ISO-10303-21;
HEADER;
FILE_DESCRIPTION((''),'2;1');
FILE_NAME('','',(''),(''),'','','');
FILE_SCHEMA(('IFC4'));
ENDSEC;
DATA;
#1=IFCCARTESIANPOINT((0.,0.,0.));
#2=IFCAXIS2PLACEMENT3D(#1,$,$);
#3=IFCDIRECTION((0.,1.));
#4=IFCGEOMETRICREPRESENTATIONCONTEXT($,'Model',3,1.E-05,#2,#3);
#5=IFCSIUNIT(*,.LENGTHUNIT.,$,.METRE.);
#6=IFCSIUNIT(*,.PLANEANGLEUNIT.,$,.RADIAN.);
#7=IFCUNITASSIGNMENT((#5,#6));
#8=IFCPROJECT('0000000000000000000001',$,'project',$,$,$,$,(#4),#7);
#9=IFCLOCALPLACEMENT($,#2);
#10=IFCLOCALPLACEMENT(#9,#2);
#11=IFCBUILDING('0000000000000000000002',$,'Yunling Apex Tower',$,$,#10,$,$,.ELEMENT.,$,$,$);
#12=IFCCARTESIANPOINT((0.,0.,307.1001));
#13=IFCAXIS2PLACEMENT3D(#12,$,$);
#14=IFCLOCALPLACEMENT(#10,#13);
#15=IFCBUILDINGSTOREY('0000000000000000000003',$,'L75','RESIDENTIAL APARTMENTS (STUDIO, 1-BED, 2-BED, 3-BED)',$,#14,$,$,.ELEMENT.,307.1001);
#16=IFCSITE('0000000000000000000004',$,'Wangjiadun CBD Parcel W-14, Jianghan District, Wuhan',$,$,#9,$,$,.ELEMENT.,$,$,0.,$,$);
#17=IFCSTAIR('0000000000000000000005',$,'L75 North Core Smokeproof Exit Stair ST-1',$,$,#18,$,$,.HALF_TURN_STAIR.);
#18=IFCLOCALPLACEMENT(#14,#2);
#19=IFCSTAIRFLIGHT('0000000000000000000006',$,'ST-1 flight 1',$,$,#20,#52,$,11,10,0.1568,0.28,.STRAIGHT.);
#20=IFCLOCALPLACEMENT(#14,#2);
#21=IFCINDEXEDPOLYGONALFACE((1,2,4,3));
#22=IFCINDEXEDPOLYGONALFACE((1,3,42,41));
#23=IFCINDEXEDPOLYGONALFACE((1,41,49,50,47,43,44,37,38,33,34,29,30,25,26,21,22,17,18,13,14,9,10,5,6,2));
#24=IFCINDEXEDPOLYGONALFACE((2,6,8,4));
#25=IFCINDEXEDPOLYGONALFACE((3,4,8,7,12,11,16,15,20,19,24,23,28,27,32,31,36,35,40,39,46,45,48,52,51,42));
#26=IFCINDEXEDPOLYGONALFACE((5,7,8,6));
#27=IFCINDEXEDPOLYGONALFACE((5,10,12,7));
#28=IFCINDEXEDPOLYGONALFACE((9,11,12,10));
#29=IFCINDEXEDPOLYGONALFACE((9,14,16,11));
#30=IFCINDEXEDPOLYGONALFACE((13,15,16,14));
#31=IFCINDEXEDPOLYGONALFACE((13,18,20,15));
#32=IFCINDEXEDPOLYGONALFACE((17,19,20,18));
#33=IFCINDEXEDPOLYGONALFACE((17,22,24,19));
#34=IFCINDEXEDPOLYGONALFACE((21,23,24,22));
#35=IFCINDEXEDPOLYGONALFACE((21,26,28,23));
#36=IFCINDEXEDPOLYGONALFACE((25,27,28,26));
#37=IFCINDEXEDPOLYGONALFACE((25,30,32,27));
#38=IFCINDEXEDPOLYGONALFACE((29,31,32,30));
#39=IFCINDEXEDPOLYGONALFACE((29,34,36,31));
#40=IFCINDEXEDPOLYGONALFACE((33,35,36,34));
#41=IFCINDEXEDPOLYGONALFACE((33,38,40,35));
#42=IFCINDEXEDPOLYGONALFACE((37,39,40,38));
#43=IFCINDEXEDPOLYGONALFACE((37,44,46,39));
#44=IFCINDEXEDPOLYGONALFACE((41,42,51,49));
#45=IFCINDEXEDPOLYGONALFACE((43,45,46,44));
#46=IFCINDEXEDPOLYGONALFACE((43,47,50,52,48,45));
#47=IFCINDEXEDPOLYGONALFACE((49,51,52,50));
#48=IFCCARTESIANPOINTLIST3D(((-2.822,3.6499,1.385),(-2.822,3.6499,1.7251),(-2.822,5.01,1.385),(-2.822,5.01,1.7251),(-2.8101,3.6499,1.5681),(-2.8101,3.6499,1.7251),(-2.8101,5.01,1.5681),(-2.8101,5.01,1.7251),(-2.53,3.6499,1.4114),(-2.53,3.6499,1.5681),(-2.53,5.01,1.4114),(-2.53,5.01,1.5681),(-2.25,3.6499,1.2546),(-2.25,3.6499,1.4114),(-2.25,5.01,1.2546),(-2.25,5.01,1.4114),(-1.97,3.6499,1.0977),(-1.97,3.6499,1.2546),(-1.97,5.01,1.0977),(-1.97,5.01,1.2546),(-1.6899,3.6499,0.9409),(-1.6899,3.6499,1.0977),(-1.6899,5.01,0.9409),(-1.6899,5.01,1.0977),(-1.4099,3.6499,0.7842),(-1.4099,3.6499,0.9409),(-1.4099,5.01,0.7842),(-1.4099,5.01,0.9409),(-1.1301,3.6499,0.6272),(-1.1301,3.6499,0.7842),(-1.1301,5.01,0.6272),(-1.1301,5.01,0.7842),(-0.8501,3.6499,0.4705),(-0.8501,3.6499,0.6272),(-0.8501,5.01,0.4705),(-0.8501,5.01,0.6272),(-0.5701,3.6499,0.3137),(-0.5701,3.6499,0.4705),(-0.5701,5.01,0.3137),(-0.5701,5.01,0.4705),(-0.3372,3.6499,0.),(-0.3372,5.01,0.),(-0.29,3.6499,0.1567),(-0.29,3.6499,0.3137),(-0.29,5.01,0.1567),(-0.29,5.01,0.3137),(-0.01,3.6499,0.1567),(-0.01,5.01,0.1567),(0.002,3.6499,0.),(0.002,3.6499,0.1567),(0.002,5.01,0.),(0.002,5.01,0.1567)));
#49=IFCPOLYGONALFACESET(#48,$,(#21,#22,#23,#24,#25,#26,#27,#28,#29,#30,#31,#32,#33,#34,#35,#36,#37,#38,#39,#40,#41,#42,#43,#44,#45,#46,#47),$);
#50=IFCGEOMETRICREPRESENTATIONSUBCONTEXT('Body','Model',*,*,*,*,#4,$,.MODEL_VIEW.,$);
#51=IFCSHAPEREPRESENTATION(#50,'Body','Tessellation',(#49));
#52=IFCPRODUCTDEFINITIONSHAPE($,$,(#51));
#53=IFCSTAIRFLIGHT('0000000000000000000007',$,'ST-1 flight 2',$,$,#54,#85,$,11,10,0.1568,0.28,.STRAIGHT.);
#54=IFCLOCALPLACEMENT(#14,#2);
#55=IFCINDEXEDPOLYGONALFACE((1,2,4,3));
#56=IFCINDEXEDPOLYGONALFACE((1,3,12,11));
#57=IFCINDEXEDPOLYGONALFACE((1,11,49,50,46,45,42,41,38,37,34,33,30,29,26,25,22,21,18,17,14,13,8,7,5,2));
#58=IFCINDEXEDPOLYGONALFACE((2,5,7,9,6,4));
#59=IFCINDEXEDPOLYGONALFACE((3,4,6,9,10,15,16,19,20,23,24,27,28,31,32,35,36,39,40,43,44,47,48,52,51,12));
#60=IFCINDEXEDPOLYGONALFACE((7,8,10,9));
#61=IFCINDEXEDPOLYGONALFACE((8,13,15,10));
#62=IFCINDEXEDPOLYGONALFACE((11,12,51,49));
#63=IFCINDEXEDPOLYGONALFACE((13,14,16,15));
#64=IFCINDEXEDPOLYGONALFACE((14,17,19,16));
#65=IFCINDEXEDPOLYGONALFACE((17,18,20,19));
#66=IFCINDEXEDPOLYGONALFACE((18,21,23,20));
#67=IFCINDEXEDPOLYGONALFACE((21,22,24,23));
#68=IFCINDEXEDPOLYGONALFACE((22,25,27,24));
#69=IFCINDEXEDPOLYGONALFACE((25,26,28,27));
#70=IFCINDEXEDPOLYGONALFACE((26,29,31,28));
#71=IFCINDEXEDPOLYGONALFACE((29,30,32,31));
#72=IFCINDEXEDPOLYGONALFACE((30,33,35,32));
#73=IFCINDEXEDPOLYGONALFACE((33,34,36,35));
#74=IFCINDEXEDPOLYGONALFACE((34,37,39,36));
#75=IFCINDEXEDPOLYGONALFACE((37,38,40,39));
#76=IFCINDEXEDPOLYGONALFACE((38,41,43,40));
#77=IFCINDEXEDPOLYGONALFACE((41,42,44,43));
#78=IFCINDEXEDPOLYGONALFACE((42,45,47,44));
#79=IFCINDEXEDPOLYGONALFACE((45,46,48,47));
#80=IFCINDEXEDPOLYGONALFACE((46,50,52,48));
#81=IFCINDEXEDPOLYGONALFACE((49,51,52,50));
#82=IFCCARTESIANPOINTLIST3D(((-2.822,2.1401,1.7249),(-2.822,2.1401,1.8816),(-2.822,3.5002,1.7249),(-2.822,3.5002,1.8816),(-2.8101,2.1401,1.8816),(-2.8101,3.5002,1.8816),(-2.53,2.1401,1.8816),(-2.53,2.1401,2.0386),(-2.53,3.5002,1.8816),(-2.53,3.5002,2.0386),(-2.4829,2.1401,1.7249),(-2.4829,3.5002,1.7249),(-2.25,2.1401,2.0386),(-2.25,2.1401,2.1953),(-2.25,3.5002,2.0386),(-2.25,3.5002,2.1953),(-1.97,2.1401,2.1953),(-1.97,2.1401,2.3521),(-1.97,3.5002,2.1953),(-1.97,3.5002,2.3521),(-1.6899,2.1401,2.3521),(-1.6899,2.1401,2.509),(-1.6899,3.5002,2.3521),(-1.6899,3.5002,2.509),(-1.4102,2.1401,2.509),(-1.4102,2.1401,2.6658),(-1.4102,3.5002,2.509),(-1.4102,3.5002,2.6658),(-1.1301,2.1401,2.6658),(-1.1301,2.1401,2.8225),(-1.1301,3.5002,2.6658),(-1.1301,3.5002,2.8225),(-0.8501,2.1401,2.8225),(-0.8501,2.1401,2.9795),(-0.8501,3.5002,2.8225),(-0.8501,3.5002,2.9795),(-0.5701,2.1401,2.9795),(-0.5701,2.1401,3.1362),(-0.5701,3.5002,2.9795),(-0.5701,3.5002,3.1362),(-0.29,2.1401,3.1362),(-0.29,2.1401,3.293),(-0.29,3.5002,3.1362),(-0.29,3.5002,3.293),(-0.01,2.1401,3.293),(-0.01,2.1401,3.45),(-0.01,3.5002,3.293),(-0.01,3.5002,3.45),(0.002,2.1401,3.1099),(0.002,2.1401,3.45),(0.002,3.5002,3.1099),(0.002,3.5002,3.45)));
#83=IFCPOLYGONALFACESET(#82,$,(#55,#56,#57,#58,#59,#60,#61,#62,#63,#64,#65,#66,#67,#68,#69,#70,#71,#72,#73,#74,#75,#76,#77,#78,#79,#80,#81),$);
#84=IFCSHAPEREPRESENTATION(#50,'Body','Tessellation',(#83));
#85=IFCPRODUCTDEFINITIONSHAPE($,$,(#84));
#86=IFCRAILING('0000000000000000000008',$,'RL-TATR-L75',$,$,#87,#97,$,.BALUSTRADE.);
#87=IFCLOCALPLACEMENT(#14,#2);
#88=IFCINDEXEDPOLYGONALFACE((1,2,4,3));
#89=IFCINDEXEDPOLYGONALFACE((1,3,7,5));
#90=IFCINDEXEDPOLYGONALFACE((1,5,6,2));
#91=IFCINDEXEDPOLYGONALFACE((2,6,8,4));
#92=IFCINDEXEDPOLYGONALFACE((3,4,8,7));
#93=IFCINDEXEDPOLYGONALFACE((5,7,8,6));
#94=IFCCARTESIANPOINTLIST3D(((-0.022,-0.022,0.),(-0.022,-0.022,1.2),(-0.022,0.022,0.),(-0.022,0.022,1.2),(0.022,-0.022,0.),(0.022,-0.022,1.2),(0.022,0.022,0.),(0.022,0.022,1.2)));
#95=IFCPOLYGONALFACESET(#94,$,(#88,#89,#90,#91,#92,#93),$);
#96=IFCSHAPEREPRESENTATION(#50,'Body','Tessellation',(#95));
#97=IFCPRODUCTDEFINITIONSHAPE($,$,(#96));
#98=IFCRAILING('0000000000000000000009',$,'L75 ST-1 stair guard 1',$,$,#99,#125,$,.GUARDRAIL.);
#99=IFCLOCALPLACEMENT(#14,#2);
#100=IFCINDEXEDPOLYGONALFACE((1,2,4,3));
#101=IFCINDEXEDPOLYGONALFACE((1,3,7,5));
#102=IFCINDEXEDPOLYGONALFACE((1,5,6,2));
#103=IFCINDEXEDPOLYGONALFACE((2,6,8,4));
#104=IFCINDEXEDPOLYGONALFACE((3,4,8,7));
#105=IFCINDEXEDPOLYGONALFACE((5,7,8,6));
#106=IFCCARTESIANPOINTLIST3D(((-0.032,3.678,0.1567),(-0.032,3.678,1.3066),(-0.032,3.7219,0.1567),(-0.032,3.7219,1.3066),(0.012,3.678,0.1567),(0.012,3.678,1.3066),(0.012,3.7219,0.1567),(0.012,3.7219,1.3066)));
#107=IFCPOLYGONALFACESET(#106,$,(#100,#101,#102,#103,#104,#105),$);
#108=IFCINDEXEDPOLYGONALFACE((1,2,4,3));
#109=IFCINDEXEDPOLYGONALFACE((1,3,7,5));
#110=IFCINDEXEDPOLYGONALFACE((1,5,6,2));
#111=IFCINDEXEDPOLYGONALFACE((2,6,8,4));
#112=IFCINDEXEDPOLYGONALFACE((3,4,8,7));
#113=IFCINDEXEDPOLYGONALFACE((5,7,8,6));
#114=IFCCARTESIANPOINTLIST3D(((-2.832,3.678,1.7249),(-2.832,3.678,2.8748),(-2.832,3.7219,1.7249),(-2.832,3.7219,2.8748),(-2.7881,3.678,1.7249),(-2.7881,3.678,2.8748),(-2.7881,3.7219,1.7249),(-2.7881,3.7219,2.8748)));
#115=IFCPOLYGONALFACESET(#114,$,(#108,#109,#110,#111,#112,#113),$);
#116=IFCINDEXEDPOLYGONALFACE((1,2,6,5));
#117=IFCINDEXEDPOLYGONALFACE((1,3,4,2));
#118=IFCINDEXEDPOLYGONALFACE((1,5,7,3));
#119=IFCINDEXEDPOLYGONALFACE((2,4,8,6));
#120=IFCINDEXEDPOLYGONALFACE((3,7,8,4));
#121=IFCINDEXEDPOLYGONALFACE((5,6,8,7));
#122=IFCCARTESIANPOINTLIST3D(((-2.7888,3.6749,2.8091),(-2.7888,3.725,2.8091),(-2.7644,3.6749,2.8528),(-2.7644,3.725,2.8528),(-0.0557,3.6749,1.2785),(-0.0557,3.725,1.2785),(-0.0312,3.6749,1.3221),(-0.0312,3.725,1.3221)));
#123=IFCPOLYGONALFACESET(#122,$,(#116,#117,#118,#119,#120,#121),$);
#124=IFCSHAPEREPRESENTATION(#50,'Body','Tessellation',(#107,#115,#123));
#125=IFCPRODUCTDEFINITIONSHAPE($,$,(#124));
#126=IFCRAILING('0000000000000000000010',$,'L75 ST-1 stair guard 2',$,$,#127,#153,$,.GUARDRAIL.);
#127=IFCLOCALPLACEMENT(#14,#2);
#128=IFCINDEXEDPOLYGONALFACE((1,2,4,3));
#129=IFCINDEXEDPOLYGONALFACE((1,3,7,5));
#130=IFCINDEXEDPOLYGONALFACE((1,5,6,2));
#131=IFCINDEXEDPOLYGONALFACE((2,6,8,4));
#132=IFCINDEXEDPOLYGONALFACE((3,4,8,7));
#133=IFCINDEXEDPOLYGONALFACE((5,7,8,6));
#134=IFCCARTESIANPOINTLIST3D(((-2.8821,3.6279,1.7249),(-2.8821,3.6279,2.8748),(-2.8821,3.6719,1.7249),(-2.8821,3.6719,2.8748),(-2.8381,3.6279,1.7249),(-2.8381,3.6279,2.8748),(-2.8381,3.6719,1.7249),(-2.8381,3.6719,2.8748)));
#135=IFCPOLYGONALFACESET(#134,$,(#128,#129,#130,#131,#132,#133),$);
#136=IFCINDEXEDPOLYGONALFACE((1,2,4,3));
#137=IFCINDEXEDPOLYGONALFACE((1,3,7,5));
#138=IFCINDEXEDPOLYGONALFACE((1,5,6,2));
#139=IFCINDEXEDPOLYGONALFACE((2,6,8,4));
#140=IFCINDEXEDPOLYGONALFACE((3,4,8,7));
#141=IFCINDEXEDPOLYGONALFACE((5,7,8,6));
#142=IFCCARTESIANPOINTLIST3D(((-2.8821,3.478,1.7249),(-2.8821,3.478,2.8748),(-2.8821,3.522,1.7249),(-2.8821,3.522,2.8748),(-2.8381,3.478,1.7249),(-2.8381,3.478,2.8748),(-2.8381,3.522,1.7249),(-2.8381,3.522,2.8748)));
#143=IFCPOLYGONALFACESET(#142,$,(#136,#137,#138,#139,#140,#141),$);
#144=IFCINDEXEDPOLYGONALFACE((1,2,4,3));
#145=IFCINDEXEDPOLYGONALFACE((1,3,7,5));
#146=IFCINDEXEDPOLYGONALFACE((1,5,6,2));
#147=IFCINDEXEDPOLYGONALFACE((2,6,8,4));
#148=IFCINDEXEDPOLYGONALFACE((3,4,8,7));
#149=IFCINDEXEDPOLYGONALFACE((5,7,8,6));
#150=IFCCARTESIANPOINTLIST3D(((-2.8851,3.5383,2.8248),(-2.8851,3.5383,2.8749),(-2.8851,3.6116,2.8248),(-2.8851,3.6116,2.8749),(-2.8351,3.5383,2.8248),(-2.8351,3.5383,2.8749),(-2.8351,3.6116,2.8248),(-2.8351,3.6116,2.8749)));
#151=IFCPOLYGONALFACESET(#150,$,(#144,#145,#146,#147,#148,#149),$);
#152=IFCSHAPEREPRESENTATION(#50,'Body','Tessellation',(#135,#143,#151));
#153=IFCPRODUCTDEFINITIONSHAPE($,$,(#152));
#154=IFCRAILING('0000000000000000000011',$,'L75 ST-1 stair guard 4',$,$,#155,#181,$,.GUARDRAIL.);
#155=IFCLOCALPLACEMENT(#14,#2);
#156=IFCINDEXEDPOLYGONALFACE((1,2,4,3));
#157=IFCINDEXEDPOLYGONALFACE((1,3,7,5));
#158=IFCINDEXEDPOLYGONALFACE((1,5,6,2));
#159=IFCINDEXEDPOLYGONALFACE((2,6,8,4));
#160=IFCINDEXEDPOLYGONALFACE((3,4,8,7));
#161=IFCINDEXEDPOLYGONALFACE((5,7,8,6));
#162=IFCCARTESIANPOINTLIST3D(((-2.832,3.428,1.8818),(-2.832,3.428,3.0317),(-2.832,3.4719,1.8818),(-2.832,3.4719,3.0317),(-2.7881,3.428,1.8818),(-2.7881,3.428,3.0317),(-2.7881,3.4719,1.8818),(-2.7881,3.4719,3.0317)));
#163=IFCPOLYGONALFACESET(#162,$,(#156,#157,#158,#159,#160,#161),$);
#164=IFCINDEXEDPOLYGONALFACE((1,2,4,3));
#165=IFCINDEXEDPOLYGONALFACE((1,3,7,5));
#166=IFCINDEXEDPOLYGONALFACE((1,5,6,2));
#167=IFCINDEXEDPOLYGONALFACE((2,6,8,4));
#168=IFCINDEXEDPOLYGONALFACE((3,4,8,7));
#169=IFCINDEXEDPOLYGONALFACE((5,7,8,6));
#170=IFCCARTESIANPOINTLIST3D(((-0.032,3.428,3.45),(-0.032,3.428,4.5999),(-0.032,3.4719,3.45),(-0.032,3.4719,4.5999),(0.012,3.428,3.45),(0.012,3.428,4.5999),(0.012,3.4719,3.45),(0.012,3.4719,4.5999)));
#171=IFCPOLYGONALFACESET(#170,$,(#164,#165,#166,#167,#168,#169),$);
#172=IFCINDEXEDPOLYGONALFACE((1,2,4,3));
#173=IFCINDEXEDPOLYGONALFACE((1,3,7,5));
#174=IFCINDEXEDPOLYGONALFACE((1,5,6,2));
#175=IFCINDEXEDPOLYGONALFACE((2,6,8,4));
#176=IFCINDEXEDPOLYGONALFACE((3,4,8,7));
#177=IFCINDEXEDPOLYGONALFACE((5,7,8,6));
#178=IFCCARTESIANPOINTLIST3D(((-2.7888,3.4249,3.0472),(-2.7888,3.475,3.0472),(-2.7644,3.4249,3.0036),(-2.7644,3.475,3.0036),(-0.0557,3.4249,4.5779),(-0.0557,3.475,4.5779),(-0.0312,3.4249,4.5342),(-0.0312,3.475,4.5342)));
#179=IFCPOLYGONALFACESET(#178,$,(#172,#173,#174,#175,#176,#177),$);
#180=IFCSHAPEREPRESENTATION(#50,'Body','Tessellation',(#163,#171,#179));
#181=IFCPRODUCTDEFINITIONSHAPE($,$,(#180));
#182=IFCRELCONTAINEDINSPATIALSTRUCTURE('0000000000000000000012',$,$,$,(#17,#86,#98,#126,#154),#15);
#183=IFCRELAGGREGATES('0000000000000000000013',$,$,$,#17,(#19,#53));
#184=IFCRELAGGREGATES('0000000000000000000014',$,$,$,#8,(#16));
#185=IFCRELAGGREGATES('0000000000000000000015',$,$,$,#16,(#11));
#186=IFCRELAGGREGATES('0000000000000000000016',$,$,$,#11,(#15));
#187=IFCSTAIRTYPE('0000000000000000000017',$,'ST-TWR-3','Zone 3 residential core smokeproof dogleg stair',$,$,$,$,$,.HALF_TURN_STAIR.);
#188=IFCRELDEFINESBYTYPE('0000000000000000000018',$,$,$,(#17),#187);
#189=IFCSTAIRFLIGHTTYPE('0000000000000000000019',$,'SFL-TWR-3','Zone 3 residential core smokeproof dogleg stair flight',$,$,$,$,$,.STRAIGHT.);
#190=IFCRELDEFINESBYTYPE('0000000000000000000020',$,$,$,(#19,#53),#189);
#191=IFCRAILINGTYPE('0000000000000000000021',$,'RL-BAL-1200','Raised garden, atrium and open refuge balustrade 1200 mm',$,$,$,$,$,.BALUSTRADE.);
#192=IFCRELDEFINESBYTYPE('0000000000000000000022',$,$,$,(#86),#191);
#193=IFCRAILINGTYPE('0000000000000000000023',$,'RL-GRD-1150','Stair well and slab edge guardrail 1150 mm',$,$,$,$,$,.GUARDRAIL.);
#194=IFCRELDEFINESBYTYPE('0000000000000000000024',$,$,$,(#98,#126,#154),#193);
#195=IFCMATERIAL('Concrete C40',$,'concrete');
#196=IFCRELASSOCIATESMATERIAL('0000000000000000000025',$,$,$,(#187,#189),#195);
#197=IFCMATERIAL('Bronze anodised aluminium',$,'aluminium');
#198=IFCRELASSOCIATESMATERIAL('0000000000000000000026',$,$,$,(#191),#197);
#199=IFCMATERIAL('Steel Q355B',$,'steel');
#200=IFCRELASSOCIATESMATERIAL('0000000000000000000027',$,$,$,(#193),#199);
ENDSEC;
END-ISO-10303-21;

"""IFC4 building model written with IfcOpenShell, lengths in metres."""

from ifc_helpers import new_model, si_unit, direction, frame, origin, origin_2d, place, context, subcontext, project, spatial, polyline, rectangle, outline, extrude, material, type_object, element, aggregate, save


model = new_model("IFC4")

# Units and contexts
model_context = context("Model", 3, precision=1e-05, world=origin(), true_north=direction((0.0, 1.0)))
body_context = subcontext(model_context, "Body", "Model", "MODEL_VIEW")
ifc_project = project(units=[si_unit("LENGTHUNIT", "METRE"), si_unit("PLANEANGLEUNIT", "RADIAN")], contexts=[model_context])

# Site, building, storey
site_placement = place(None, origin())
site = spatial("IfcSite", under=ifc_project, at=site_placement, Name="Wangjiadun CBD Parcel W-14, Jianghan District, Wuhan", CompositionType="ELEMENT", RefElevation=0.0)
building_placement = place(site_placement, origin())
building = spatial("IfcBuilding", under=site, at=building_placement, Name="Yunling Apex Tower", CompositionType="ELEMENT")
storey_placement = place(building_placement, frame((0.0, 0.0, 307.1001)))
storey = spatial("IfcBuildingStorey", under=building, at=storey_placement, Name="L75", Description="RESIDENTIAL APARTMENTS (STUDIO, 1-BED, 2-BED, 3-BED)", CompositionType="ELEMENT", Elevation=307.1001)

# Shared definitions
ifc_material_1 = material(Name="Concrete C40", Category="concrete")

# Stair
stair_type = type_object("IfcStairType", Name="ST-TWR-3", Description="Zone 3 residential core smokeproof dogleg stair", PredefinedType="HALF_TURN_STAIR", material=ifc_material_1)
stair_1_placement = place(storey_placement, origin())
stair_1 = element("IfcStair", 1, at=stair_1_placement, inside=storey, type_object=stair_type, Name="L75 North Core Smokeproof Exit Stair ST-1", PredefinedType="HALF_TURN_STAIR")

# Shared definitions
ifc_material_2 = material(Name="Steel Q355B", Category="steel")

# Stair flights
stair_flight_type = type_object("IfcStairFlightType", Name="SFL-TWR-3", Description="Zone 3 residential core smokeproof dogleg stair flight", PredefinedType="STRAIGHT", material=ifc_material_1)
stair_flight_1_placement = place(storey_placement, frame((-0.01, 4.3301, 0.0), z_axis=(0.0, 0.0, 1.0), x_axis=(-1.0, 0.0, 0.0)))
stair_flight_1 = element("IfcStairFlight", 2, at=stair_flight_1_placement, type_object=stair_flight_type, Name="ST-1 flight 1", NumberOfRisers=11, NumberOfTreads=10, PredefinedType="STRAIGHT", RiserHeight=0.1568, TreadLength=0.28, context=body_context, shape_type="SweptSolid", body=[
    extrude(outline(polyline([(-0.012, 0.0), (-0.012, 0.1567), (0.0, 0.1567), (0.28, 0.1567), (0.28, 0.3137), (0.5601, 0.3137), (0.5601, 0.4705), (0.8401, 0.4705), (0.8401, 0.6272), (1.1201, 0.6272), (1.1201, 0.7842), (1.3999, 0.7842), (1.3999, 0.9409), (1.6799, 0.9409), (1.6799, 1.0977), (1.96, 1.0977), (1.96, 1.2546), (2.24, 1.2546), (2.24, 1.4114), (2.52, 1.4114), (2.52, 1.5681), (2.8, 1.5681), (2.8, 1.7251), (2.812, 1.7251), (2.812, 1.385), (0.3271, 0.0), (-0.012, 0.0)])), frame((0.0, 0.6802, 0.0), z_axis=(0.0, -1.0, 0.0), x_axis=(1.0, 0.0, 0.0)), (0.0, 0.0, 1.0), 1.3601),
])
stair_flight_2_placement = place(storey_placement, frame((-2.8101, 2.8201, 1.7249), z_axis=(0.0, 0.0, 1.0), x_axis=(1.0, 0.0, 0.0)))
stair_flight_2 = element("IfcStairFlight", 3, at=stair_flight_2_placement, type_object=stair_flight_type, Name="ST-1 flight 2", NumberOfRisers=11, NumberOfTreads=10, PredefinedType="STRAIGHT", RiserHeight=0.1568, TreadLength=0.28, context=body_context, shape_type="SweptSolid", body=[
    extrude(outline(polyline([(-0.012, 0.0), (-0.012, 0.1567), (0.0, 0.1567), (0.28, 0.1567), (0.28, 0.3137), (0.5601, 0.3137), (0.5601, 0.4705), (0.8401, 0.4705), (0.8401, 0.6272), (1.1201, 0.6272), (1.1201, 0.7842), (1.3999, 0.7842), (1.3999, 0.9409), (1.6799, 0.9409), (1.6799, 1.0977), (1.96, 1.0977), (1.96, 1.2546), (2.24, 1.2546), (2.24, 1.4114), (2.52, 1.4114), (2.52, 1.5681), (2.8, 1.5681), (2.8, 1.7251), (2.812, 1.7251), (2.812, 1.385), (0.3271, 0.0), (-0.012, 0.0)])), frame((0.0, 0.6802, 0.0), z_axis=(0.0, -1.0, 0.0), x_axis=(1.0, 0.0, 0.0)), (0.0, 0.0, 1.0), 1.3601),
])
aggregate(stair_1, [stair_flight_1, stair_flight_2])

# Railings
ifc_material_3 = material(Name="Bronze anodised aluminium", Category="aluminium")
railing_type_1 = type_object("IfcRailingType", Name="RL-BAL-1200", Description="Raised garden, atrium and open refuge balustrade 1200 mm", PredefinedType="BALUSTRADE", material=ifc_material_3)
railing_1_placement = place(storey_placement, origin())
element("IfcRailing", 4, at=railing_1_placement, inside=storey, type_object=railing_type_1, Name="RL-TATR-L75", PredefinedType="BALUSTRADE", context=body_context, shape_type="SweptSolid", body=[
    extrude(rectangle(XDim=0.0439, YDim=0.0439, at=origin_2d()), origin(), (0.0, 0.0, 1.0), 1.2),
])
railing_type_2 = type_object("IfcRailingType", Name="RL-GRD-1150", Description="Stair well and slab edge guardrail 1150 mm", PredefinedType="GUARDRAIL", material=ifc_material_2)
railing_2_placement = place(storey_placement, frame((-0.01, 3.7, 0.1567)))
element("IfcRailing", 5, at=railing_2_placement, inside=storey, type_object=railing_type_2, Name="L75 ST-1 stair guard 1", PredefinedType="GUARDRAIL", context=body_context, shape_type="SweptSolid", body=[
    extrude(rectangle(XDim=0.0439, YDim=0.0439, at=origin_2d()), origin(), (0.0, 0.0, 1.0), 1.1499),
    extrude(rectangle(XDim=0.0439, YDim=0.0439, at=origin_2d()), frame((-2.8, 0.0, 1.5681)), (0.0, 0.0, 1.0), 1.1499),
    extrude(rectangle(XDim=0.05, YDim=0.05, at=origin_2d()), frame((-0.0334, 0.0, 1.1436), z_axis=(-0.872494, 0.0, 0.488624), x_axis=(0.0, -1.0, 0.0)), (0.0, 0.0, 1.0), 3.1326),
])
railing_3_placement = place(storey_placement, frame((-2.8601, 3.6499, 1.7249)))
element("IfcRailing", 6, at=railing_3_placement, inside=storey, type_object=railing_type_2, Name="L75 ST-1 stair guard 2", PredefinedType="GUARDRAIL", context=body_context, shape_type="SweptSolid", body=[
    extrude(rectangle(XDim=0.0439, YDim=0.0439, at=origin_2d()), origin(), (0.0, 0.0, 1.0), 1.1499),
    extrude(rectangle(XDim=0.0439, YDim=0.0439, at=origin_2d()), frame((0.0, -0.1499, 0.0)), (0.0, 0.0, 1.0), 1.1499),
    extrude(rectangle(XDim=0.05, YDim=0.05, at=origin_2d()), frame((0.0, -0.0383, 1.125), z_axis=(0.0, -1.0, 0.0), x_axis=(1.0, 0.0, 0.0)), (0.0, 0.0, 1.0), 0.0732),
])
railing_4_placement = place(storey_placement, frame((-2.8101, 3.45, 1.8818)))
element("IfcRailing", 7, at=railing_4_placement, inside=storey, type_object=railing_type_2, Name="L75 ST-1 stair guard 4", PredefinedType="GUARDRAIL", context=body_context, shape_type="SweptSolid", body=[
    extrude(rectangle(XDim=0.0439, YDim=0.0439, at=origin_2d()), origin(), (0.0, 0.0, 1.0), 1.1499),
    extrude(rectangle(XDim=0.0439, YDim=0.0439, at=origin_2d()), frame((2.8, 0.0, 1.5681)), (0.0, 0.0, 1.0), 1.1499),
    extrude(rectangle(XDim=0.05, YDim=0.05, at=origin_2d()), frame((0.0334, 0.0, 1.1436), z_axis=(0.872494, 0.0, 0.488624), x_axis=(0.0, 1.0, 0.0)), (0.0, 0.0, 1.0), 3.1326),
])

save(model, "model.ifc")
